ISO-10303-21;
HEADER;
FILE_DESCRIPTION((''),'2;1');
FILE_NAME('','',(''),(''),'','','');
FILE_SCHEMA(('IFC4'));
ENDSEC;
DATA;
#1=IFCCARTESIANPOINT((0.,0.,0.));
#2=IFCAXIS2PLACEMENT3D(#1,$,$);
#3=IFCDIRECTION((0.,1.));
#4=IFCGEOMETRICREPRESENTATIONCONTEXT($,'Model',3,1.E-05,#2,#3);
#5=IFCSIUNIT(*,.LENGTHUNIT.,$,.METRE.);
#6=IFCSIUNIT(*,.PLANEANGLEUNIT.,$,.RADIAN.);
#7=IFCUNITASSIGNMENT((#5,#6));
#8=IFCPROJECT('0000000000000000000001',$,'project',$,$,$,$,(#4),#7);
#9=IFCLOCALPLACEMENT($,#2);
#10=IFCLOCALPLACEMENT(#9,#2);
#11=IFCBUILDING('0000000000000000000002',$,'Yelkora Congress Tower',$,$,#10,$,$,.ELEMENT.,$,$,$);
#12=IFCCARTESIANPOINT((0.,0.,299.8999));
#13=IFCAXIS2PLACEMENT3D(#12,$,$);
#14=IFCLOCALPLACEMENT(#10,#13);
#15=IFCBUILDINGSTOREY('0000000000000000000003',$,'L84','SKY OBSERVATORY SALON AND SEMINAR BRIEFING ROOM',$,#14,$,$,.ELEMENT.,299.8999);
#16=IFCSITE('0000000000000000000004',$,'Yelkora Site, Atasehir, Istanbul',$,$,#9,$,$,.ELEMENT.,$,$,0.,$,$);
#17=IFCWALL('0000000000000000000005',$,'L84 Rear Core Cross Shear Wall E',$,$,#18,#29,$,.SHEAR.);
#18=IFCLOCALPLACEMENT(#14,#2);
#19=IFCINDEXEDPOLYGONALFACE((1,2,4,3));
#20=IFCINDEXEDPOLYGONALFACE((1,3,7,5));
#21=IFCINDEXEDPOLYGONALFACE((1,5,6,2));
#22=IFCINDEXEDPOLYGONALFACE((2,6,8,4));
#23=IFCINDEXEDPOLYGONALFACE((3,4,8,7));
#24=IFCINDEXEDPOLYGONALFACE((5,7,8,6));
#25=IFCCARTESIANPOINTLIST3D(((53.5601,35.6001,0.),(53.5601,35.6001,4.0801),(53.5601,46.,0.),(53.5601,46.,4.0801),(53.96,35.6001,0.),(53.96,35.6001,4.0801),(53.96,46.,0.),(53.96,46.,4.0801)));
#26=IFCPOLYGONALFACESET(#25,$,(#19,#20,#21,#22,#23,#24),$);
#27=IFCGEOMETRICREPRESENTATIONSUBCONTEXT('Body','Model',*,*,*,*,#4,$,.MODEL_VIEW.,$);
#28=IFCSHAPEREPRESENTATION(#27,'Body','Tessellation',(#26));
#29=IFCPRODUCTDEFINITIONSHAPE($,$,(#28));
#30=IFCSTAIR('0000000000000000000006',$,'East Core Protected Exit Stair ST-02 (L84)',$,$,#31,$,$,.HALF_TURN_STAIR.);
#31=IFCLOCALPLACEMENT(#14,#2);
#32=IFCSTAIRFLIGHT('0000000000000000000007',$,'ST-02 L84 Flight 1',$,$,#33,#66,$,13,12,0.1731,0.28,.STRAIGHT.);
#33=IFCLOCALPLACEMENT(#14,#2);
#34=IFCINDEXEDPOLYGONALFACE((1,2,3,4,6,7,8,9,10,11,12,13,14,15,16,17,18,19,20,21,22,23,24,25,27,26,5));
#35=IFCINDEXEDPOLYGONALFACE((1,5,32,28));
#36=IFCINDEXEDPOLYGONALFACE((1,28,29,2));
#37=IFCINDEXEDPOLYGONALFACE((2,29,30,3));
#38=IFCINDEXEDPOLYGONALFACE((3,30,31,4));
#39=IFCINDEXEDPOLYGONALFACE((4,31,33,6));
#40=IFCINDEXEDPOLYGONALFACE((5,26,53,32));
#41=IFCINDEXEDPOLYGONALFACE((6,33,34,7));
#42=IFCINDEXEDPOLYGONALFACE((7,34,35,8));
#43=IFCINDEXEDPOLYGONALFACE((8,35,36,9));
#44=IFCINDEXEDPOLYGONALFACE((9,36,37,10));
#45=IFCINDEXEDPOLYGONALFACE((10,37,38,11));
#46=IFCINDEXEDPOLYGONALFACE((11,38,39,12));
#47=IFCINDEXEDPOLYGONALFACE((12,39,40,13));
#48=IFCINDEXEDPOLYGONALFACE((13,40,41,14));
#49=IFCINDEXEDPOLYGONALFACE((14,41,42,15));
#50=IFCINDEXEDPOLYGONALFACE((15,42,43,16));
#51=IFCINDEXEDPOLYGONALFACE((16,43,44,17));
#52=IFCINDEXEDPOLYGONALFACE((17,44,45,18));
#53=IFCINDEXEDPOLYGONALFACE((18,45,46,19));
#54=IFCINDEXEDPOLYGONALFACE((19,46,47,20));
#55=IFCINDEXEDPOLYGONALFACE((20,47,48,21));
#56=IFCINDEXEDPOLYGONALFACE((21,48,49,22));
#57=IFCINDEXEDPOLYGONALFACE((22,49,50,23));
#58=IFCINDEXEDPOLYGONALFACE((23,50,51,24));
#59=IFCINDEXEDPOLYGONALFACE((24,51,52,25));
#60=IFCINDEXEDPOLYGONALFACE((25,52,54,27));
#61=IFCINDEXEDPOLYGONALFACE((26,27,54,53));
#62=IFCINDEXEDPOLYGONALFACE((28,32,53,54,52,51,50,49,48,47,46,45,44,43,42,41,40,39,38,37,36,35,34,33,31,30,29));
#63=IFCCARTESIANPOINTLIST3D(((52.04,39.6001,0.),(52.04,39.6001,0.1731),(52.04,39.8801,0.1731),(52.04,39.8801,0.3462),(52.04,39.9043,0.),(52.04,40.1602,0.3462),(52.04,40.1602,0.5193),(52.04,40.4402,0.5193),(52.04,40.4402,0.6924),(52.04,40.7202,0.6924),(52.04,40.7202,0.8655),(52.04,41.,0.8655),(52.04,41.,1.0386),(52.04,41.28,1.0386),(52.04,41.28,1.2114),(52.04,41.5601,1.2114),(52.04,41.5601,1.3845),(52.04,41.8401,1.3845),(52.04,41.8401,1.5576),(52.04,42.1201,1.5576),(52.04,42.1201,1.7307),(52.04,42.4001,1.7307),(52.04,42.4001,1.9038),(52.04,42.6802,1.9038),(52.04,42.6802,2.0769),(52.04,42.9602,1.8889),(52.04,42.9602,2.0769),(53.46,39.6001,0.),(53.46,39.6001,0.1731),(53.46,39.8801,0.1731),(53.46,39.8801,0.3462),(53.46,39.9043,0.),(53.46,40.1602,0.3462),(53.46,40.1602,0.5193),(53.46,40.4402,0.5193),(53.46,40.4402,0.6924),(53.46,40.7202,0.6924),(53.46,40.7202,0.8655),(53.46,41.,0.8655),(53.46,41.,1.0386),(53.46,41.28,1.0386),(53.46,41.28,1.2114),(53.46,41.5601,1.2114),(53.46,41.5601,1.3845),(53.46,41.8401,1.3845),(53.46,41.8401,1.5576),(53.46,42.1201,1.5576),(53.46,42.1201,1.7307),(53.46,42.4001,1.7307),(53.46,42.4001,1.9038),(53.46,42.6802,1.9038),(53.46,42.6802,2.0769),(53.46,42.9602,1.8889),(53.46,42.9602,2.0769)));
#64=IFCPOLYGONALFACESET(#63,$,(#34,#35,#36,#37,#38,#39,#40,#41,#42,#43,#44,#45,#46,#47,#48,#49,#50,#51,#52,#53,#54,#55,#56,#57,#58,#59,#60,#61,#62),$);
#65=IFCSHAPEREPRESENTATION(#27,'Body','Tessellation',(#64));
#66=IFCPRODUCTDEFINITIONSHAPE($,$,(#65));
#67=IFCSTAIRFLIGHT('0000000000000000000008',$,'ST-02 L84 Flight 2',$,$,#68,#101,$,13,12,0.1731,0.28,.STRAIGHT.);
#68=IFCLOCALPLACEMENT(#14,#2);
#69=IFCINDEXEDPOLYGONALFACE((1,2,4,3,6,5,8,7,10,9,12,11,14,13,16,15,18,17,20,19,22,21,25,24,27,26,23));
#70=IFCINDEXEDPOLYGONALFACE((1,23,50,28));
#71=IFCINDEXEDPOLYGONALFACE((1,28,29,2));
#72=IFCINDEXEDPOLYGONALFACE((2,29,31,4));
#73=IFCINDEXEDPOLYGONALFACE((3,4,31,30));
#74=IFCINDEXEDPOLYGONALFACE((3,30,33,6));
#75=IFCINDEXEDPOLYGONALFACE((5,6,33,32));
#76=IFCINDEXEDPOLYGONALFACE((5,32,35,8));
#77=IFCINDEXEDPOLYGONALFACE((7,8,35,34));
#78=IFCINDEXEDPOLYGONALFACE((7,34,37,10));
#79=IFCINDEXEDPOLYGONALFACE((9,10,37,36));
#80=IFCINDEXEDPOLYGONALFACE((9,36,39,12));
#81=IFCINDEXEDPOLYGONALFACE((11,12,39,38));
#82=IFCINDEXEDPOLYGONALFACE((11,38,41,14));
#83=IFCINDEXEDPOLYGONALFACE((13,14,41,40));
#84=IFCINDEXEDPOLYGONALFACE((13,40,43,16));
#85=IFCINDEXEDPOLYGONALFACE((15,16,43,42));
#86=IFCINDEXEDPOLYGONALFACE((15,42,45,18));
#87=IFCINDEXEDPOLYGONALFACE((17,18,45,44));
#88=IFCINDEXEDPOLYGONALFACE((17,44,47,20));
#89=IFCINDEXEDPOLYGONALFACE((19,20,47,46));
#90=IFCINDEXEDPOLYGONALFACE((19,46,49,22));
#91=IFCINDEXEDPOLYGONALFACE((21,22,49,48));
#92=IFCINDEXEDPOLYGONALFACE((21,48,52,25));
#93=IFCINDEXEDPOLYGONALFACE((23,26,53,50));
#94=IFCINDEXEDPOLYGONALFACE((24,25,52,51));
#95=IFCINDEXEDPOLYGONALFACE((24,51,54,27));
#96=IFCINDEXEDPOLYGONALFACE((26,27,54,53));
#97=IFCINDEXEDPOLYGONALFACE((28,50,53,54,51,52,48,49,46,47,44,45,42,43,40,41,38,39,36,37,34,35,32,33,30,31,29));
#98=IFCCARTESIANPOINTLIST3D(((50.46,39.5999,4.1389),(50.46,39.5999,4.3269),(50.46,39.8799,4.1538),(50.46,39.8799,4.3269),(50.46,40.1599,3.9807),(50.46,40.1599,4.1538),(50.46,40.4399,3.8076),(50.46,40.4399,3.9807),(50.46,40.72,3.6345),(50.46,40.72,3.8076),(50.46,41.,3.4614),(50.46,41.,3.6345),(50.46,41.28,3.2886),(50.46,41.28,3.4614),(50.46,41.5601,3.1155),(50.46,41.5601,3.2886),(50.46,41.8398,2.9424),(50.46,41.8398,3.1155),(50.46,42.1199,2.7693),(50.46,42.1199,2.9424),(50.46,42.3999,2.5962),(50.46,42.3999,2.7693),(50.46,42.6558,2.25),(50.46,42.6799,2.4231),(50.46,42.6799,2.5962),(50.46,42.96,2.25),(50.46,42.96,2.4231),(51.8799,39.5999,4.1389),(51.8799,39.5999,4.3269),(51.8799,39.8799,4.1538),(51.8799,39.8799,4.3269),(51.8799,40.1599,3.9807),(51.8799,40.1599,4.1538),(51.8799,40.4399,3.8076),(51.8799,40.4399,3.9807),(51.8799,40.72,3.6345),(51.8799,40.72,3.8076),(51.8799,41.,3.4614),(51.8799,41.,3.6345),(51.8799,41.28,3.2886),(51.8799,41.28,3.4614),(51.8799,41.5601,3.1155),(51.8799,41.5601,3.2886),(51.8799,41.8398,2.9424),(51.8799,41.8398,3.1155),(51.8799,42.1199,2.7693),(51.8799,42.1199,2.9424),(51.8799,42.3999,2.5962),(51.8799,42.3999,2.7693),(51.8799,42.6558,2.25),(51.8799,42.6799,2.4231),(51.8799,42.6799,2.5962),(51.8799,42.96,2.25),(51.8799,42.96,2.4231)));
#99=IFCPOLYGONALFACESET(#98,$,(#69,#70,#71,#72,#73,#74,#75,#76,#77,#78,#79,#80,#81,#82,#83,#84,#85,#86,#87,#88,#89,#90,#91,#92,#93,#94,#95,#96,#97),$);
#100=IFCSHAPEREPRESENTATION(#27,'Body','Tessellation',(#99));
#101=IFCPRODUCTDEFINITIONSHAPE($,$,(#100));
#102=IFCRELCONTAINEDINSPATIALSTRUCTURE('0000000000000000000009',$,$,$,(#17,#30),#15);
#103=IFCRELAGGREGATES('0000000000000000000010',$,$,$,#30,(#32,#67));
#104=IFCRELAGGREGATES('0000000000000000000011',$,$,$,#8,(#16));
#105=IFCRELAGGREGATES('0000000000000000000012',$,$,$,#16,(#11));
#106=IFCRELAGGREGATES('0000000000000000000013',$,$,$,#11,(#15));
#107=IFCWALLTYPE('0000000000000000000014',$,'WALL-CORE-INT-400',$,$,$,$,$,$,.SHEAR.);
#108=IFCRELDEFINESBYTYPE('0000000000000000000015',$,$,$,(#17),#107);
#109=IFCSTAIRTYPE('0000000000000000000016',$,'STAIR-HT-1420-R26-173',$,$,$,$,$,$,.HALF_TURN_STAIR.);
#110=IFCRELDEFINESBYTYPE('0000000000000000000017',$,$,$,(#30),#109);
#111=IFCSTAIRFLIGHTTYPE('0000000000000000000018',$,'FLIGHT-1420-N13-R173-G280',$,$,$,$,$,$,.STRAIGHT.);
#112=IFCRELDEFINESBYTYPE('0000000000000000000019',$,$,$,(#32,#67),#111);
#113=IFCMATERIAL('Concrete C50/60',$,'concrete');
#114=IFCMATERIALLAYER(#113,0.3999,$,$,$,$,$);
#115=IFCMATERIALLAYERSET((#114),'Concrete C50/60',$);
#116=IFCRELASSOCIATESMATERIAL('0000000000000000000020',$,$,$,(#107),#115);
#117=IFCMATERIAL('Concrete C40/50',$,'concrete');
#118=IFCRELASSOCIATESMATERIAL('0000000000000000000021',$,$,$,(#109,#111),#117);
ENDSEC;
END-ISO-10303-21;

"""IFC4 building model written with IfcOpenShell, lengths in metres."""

from ifc_helpers import new_model, si_unit, direction, frame, frame_2d, origin, place, context, subcontext, project, spatial, polyline, rectangle, outline, extrude, material, layer, layer_set, type_object, element, aggregate, save


model = new_model("IFC4")

# Units and contexts
model_context = context("Model", 3, precision=1e-05, world=origin(), true_north=direction((0.0, 1.0)))
body_context = subcontext(model_context, "Body", "Model", "MODEL_VIEW")
ifc_project = project(units=[si_unit("LENGTHUNIT", "METRE"), si_unit("PLANEANGLEUNIT", "RADIAN")], contexts=[model_context])

# Site, building, storey
site_placement = place(None, origin())
site = spatial("IfcSite", under=ifc_project, at=site_placement, Name="Yelkora Site, Atasehir, Istanbul", CompositionType="ELEMENT", RefElevation=0.0)
building_placement = place(site_placement, origin())
building = spatial("IfcBuilding", under=site, at=building_placement, Name="Yelkora Congress Tower", CompositionType="ELEMENT")
storey_placement = place(building_placement, frame((0.0, 0.0, 299.8999)))
storey = spatial("IfcBuildingStorey", under=building, at=storey_placement, Name="L84", Description="SKY OBSERVATORY SALON AND SEMINAR BRIEFING ROOM", CompositionType="ELEMENT", Elevation=299.8999)

# Wall
ifc_material_1 = material(Name="Concrete C50/60", Category="concrete")
ifc_layer_1 = layer(ifc_material_1, 0.3999)
ifc_layer_set_1 = layer_set([ifc_layer_1], Name="Concrete C50/60")
wall_type = type_object("IfcWallType", Name="WALL-CORE-INT-400", PredefinedType="SHEAR", material=ifc_layer_set_1)
wall_1_placement = place(storey_placement, frame((53.76, 35.6001, 0.0), z_axis=(0.0, 0.0, 1.0), x_axis=(0.0, 1.0, 0.0)))
element("IfcWall", 1, at=wall_1_placement, inside=storey, type_object=wall_type, Name="L84 Rear Core Cross Shear Wall E", PredefinedType="SHEAR", context=body_context, shape_type="SweptSolid", body=[
    extrude(rectangle(XDim=10.3999, YDim=0.3999, at=frame_2d((5.2, 0.0))), origin(), (0.0, 0.0, 1.0), 4.0801),
])

# Stair, stair flights
ifc_material_2 = material(Name="Concrete C40/50", Category="concrete")
stair_type = type_object("IfcStairType", Name="STAIR-HT-1420-R26-173", PredefinedType="HALF_TURN_STAIR", material=ifc_material_2)
stair_placement = place(storey_placement, origin())
stair = element("IfcStair", 2, at=stair_placement, inside=storey, type_object=stair_type, Name="East Core Protected Exit Stair ST-02 (L84)", PredefinedType="HALF_TURN_STAIR")
stair_flight_type = type_object("IfcStairFlightType", Name="FLIGHT-1420-N13-R173-G280", PredefinedType="STRAIGHT", material=ifc_material_2)
stair_flight_1_placement = place(storey_placement, frame((52.75, 39.6001, 0.0), z_axis=(0.0, 0.0, 1.0), x_axis=(0.0, 1.0, 0.0)))
stair_flight_1 = element("IfcStairFlight", 3, at=stair_flight_1_placement, type_object=stair_flight_type, Name="ST-02 L84 Flight 1", NumberOfRisers=13, NumberOfTreads=12, PredefinedType="STRAIGHT", RiserHeight=0.1731, TreadLength=0.28, context=body_context, shape_type="SweptSolid", body=[
    extrude(outline(polyline([(0.0, 0.0), (0.0, 0.1731), (0.28, 0.1731), (0.28, 0.3462), (0.5601, 0.3462), (0.5601, 0.5193), (0.8401, 0.5193), (0.8401, 0.6924), (1.1201, 0.6924), (1.1201, 0.8655), (1.3999, 0.8655), (1.3999, 1.0386), (1.6799, 1.0386), (1.6799, 1.2114), (1.96, 1.2114), (1.96, 1.3845), (2.24, 1.3845), (2.24, 1.5576), (2.52, 1.5576), (2.52, 1.7307), (2.8, 1.7307), (2.8, 1.9038), (3.0801, 1.9038), (3.0801, 2.0769), (3.3601, 2.0769), (3.3601, 2.25), (3.3601, 1.8889), (0.3042, 0.0), (0.0, 0.0)])), frame((0.0, 0.71, 0.0), z_axis=(0.0, -1.0, 0.0), x_axis=(1.0, 0.0, 0.0)), (0.0, 0.0, 1.0), 1.4199),
])
stair_flight_2_placement = place(storey_placement, frame((51.1699, 42.96, 2.25), z_axis=(0.0, 0.0, 1.0), x_axis=(0.0, -1.0, 0.0)))
stair_flight_2 = element("IfcStairFlight", 4, at=stair_flight_2_placement, type_object=stair_flight_type, Name="ST-02 L84 Flight 2", NumberOfRisers=13, NumberOfTreads=12, PredefinedType="STRAIGHT", RiserHeight=0.1731, TreadLength=0.28, context=body_context, shape_type="SweptSolid", body=[
    extrude(outline(polyline([(0.0, 0.0), (0.0, 0.1731), (0.28, 0.1731), (0.28, 0.3462), (0.5601, 0.3462), (0.5601, 0.5193), (0.8401, 0.5193), (0.8401, 0.6924), (1.1201, 0.6924), (1.1201, 0.8655), (1.3999, 0.8655), (1.3999, 1.0386), (1.6799, 1.0386), (1.6799, 1.2114), (1.96, 1.2114), (1.96, 1.3845), (2.24, 1.3845), (2.24, 1.5576), (2.52, 1.5576), (2.52, 1.7307), (2.8, 1.7307), (2.8, 1.9038), (3.0801, 1.9038), (3.0801, 2.0769), (3.3601, 2.0769), (3.3601, 2.25), (3.3601, 1.8889), (0.3042, 0.0), (0.0, 0.0)])), frame((0.0, 0.71, 0.0), z_axis=(0.0, -1.0, 0.0), x_axis=(1.0, 0.0, 0.0)), (0.0, 0.0, 1.0), 1.4199),
])
aggregate(stair, [stair_flight_1, stair_flight_2])

save(model, "model.ifc")
